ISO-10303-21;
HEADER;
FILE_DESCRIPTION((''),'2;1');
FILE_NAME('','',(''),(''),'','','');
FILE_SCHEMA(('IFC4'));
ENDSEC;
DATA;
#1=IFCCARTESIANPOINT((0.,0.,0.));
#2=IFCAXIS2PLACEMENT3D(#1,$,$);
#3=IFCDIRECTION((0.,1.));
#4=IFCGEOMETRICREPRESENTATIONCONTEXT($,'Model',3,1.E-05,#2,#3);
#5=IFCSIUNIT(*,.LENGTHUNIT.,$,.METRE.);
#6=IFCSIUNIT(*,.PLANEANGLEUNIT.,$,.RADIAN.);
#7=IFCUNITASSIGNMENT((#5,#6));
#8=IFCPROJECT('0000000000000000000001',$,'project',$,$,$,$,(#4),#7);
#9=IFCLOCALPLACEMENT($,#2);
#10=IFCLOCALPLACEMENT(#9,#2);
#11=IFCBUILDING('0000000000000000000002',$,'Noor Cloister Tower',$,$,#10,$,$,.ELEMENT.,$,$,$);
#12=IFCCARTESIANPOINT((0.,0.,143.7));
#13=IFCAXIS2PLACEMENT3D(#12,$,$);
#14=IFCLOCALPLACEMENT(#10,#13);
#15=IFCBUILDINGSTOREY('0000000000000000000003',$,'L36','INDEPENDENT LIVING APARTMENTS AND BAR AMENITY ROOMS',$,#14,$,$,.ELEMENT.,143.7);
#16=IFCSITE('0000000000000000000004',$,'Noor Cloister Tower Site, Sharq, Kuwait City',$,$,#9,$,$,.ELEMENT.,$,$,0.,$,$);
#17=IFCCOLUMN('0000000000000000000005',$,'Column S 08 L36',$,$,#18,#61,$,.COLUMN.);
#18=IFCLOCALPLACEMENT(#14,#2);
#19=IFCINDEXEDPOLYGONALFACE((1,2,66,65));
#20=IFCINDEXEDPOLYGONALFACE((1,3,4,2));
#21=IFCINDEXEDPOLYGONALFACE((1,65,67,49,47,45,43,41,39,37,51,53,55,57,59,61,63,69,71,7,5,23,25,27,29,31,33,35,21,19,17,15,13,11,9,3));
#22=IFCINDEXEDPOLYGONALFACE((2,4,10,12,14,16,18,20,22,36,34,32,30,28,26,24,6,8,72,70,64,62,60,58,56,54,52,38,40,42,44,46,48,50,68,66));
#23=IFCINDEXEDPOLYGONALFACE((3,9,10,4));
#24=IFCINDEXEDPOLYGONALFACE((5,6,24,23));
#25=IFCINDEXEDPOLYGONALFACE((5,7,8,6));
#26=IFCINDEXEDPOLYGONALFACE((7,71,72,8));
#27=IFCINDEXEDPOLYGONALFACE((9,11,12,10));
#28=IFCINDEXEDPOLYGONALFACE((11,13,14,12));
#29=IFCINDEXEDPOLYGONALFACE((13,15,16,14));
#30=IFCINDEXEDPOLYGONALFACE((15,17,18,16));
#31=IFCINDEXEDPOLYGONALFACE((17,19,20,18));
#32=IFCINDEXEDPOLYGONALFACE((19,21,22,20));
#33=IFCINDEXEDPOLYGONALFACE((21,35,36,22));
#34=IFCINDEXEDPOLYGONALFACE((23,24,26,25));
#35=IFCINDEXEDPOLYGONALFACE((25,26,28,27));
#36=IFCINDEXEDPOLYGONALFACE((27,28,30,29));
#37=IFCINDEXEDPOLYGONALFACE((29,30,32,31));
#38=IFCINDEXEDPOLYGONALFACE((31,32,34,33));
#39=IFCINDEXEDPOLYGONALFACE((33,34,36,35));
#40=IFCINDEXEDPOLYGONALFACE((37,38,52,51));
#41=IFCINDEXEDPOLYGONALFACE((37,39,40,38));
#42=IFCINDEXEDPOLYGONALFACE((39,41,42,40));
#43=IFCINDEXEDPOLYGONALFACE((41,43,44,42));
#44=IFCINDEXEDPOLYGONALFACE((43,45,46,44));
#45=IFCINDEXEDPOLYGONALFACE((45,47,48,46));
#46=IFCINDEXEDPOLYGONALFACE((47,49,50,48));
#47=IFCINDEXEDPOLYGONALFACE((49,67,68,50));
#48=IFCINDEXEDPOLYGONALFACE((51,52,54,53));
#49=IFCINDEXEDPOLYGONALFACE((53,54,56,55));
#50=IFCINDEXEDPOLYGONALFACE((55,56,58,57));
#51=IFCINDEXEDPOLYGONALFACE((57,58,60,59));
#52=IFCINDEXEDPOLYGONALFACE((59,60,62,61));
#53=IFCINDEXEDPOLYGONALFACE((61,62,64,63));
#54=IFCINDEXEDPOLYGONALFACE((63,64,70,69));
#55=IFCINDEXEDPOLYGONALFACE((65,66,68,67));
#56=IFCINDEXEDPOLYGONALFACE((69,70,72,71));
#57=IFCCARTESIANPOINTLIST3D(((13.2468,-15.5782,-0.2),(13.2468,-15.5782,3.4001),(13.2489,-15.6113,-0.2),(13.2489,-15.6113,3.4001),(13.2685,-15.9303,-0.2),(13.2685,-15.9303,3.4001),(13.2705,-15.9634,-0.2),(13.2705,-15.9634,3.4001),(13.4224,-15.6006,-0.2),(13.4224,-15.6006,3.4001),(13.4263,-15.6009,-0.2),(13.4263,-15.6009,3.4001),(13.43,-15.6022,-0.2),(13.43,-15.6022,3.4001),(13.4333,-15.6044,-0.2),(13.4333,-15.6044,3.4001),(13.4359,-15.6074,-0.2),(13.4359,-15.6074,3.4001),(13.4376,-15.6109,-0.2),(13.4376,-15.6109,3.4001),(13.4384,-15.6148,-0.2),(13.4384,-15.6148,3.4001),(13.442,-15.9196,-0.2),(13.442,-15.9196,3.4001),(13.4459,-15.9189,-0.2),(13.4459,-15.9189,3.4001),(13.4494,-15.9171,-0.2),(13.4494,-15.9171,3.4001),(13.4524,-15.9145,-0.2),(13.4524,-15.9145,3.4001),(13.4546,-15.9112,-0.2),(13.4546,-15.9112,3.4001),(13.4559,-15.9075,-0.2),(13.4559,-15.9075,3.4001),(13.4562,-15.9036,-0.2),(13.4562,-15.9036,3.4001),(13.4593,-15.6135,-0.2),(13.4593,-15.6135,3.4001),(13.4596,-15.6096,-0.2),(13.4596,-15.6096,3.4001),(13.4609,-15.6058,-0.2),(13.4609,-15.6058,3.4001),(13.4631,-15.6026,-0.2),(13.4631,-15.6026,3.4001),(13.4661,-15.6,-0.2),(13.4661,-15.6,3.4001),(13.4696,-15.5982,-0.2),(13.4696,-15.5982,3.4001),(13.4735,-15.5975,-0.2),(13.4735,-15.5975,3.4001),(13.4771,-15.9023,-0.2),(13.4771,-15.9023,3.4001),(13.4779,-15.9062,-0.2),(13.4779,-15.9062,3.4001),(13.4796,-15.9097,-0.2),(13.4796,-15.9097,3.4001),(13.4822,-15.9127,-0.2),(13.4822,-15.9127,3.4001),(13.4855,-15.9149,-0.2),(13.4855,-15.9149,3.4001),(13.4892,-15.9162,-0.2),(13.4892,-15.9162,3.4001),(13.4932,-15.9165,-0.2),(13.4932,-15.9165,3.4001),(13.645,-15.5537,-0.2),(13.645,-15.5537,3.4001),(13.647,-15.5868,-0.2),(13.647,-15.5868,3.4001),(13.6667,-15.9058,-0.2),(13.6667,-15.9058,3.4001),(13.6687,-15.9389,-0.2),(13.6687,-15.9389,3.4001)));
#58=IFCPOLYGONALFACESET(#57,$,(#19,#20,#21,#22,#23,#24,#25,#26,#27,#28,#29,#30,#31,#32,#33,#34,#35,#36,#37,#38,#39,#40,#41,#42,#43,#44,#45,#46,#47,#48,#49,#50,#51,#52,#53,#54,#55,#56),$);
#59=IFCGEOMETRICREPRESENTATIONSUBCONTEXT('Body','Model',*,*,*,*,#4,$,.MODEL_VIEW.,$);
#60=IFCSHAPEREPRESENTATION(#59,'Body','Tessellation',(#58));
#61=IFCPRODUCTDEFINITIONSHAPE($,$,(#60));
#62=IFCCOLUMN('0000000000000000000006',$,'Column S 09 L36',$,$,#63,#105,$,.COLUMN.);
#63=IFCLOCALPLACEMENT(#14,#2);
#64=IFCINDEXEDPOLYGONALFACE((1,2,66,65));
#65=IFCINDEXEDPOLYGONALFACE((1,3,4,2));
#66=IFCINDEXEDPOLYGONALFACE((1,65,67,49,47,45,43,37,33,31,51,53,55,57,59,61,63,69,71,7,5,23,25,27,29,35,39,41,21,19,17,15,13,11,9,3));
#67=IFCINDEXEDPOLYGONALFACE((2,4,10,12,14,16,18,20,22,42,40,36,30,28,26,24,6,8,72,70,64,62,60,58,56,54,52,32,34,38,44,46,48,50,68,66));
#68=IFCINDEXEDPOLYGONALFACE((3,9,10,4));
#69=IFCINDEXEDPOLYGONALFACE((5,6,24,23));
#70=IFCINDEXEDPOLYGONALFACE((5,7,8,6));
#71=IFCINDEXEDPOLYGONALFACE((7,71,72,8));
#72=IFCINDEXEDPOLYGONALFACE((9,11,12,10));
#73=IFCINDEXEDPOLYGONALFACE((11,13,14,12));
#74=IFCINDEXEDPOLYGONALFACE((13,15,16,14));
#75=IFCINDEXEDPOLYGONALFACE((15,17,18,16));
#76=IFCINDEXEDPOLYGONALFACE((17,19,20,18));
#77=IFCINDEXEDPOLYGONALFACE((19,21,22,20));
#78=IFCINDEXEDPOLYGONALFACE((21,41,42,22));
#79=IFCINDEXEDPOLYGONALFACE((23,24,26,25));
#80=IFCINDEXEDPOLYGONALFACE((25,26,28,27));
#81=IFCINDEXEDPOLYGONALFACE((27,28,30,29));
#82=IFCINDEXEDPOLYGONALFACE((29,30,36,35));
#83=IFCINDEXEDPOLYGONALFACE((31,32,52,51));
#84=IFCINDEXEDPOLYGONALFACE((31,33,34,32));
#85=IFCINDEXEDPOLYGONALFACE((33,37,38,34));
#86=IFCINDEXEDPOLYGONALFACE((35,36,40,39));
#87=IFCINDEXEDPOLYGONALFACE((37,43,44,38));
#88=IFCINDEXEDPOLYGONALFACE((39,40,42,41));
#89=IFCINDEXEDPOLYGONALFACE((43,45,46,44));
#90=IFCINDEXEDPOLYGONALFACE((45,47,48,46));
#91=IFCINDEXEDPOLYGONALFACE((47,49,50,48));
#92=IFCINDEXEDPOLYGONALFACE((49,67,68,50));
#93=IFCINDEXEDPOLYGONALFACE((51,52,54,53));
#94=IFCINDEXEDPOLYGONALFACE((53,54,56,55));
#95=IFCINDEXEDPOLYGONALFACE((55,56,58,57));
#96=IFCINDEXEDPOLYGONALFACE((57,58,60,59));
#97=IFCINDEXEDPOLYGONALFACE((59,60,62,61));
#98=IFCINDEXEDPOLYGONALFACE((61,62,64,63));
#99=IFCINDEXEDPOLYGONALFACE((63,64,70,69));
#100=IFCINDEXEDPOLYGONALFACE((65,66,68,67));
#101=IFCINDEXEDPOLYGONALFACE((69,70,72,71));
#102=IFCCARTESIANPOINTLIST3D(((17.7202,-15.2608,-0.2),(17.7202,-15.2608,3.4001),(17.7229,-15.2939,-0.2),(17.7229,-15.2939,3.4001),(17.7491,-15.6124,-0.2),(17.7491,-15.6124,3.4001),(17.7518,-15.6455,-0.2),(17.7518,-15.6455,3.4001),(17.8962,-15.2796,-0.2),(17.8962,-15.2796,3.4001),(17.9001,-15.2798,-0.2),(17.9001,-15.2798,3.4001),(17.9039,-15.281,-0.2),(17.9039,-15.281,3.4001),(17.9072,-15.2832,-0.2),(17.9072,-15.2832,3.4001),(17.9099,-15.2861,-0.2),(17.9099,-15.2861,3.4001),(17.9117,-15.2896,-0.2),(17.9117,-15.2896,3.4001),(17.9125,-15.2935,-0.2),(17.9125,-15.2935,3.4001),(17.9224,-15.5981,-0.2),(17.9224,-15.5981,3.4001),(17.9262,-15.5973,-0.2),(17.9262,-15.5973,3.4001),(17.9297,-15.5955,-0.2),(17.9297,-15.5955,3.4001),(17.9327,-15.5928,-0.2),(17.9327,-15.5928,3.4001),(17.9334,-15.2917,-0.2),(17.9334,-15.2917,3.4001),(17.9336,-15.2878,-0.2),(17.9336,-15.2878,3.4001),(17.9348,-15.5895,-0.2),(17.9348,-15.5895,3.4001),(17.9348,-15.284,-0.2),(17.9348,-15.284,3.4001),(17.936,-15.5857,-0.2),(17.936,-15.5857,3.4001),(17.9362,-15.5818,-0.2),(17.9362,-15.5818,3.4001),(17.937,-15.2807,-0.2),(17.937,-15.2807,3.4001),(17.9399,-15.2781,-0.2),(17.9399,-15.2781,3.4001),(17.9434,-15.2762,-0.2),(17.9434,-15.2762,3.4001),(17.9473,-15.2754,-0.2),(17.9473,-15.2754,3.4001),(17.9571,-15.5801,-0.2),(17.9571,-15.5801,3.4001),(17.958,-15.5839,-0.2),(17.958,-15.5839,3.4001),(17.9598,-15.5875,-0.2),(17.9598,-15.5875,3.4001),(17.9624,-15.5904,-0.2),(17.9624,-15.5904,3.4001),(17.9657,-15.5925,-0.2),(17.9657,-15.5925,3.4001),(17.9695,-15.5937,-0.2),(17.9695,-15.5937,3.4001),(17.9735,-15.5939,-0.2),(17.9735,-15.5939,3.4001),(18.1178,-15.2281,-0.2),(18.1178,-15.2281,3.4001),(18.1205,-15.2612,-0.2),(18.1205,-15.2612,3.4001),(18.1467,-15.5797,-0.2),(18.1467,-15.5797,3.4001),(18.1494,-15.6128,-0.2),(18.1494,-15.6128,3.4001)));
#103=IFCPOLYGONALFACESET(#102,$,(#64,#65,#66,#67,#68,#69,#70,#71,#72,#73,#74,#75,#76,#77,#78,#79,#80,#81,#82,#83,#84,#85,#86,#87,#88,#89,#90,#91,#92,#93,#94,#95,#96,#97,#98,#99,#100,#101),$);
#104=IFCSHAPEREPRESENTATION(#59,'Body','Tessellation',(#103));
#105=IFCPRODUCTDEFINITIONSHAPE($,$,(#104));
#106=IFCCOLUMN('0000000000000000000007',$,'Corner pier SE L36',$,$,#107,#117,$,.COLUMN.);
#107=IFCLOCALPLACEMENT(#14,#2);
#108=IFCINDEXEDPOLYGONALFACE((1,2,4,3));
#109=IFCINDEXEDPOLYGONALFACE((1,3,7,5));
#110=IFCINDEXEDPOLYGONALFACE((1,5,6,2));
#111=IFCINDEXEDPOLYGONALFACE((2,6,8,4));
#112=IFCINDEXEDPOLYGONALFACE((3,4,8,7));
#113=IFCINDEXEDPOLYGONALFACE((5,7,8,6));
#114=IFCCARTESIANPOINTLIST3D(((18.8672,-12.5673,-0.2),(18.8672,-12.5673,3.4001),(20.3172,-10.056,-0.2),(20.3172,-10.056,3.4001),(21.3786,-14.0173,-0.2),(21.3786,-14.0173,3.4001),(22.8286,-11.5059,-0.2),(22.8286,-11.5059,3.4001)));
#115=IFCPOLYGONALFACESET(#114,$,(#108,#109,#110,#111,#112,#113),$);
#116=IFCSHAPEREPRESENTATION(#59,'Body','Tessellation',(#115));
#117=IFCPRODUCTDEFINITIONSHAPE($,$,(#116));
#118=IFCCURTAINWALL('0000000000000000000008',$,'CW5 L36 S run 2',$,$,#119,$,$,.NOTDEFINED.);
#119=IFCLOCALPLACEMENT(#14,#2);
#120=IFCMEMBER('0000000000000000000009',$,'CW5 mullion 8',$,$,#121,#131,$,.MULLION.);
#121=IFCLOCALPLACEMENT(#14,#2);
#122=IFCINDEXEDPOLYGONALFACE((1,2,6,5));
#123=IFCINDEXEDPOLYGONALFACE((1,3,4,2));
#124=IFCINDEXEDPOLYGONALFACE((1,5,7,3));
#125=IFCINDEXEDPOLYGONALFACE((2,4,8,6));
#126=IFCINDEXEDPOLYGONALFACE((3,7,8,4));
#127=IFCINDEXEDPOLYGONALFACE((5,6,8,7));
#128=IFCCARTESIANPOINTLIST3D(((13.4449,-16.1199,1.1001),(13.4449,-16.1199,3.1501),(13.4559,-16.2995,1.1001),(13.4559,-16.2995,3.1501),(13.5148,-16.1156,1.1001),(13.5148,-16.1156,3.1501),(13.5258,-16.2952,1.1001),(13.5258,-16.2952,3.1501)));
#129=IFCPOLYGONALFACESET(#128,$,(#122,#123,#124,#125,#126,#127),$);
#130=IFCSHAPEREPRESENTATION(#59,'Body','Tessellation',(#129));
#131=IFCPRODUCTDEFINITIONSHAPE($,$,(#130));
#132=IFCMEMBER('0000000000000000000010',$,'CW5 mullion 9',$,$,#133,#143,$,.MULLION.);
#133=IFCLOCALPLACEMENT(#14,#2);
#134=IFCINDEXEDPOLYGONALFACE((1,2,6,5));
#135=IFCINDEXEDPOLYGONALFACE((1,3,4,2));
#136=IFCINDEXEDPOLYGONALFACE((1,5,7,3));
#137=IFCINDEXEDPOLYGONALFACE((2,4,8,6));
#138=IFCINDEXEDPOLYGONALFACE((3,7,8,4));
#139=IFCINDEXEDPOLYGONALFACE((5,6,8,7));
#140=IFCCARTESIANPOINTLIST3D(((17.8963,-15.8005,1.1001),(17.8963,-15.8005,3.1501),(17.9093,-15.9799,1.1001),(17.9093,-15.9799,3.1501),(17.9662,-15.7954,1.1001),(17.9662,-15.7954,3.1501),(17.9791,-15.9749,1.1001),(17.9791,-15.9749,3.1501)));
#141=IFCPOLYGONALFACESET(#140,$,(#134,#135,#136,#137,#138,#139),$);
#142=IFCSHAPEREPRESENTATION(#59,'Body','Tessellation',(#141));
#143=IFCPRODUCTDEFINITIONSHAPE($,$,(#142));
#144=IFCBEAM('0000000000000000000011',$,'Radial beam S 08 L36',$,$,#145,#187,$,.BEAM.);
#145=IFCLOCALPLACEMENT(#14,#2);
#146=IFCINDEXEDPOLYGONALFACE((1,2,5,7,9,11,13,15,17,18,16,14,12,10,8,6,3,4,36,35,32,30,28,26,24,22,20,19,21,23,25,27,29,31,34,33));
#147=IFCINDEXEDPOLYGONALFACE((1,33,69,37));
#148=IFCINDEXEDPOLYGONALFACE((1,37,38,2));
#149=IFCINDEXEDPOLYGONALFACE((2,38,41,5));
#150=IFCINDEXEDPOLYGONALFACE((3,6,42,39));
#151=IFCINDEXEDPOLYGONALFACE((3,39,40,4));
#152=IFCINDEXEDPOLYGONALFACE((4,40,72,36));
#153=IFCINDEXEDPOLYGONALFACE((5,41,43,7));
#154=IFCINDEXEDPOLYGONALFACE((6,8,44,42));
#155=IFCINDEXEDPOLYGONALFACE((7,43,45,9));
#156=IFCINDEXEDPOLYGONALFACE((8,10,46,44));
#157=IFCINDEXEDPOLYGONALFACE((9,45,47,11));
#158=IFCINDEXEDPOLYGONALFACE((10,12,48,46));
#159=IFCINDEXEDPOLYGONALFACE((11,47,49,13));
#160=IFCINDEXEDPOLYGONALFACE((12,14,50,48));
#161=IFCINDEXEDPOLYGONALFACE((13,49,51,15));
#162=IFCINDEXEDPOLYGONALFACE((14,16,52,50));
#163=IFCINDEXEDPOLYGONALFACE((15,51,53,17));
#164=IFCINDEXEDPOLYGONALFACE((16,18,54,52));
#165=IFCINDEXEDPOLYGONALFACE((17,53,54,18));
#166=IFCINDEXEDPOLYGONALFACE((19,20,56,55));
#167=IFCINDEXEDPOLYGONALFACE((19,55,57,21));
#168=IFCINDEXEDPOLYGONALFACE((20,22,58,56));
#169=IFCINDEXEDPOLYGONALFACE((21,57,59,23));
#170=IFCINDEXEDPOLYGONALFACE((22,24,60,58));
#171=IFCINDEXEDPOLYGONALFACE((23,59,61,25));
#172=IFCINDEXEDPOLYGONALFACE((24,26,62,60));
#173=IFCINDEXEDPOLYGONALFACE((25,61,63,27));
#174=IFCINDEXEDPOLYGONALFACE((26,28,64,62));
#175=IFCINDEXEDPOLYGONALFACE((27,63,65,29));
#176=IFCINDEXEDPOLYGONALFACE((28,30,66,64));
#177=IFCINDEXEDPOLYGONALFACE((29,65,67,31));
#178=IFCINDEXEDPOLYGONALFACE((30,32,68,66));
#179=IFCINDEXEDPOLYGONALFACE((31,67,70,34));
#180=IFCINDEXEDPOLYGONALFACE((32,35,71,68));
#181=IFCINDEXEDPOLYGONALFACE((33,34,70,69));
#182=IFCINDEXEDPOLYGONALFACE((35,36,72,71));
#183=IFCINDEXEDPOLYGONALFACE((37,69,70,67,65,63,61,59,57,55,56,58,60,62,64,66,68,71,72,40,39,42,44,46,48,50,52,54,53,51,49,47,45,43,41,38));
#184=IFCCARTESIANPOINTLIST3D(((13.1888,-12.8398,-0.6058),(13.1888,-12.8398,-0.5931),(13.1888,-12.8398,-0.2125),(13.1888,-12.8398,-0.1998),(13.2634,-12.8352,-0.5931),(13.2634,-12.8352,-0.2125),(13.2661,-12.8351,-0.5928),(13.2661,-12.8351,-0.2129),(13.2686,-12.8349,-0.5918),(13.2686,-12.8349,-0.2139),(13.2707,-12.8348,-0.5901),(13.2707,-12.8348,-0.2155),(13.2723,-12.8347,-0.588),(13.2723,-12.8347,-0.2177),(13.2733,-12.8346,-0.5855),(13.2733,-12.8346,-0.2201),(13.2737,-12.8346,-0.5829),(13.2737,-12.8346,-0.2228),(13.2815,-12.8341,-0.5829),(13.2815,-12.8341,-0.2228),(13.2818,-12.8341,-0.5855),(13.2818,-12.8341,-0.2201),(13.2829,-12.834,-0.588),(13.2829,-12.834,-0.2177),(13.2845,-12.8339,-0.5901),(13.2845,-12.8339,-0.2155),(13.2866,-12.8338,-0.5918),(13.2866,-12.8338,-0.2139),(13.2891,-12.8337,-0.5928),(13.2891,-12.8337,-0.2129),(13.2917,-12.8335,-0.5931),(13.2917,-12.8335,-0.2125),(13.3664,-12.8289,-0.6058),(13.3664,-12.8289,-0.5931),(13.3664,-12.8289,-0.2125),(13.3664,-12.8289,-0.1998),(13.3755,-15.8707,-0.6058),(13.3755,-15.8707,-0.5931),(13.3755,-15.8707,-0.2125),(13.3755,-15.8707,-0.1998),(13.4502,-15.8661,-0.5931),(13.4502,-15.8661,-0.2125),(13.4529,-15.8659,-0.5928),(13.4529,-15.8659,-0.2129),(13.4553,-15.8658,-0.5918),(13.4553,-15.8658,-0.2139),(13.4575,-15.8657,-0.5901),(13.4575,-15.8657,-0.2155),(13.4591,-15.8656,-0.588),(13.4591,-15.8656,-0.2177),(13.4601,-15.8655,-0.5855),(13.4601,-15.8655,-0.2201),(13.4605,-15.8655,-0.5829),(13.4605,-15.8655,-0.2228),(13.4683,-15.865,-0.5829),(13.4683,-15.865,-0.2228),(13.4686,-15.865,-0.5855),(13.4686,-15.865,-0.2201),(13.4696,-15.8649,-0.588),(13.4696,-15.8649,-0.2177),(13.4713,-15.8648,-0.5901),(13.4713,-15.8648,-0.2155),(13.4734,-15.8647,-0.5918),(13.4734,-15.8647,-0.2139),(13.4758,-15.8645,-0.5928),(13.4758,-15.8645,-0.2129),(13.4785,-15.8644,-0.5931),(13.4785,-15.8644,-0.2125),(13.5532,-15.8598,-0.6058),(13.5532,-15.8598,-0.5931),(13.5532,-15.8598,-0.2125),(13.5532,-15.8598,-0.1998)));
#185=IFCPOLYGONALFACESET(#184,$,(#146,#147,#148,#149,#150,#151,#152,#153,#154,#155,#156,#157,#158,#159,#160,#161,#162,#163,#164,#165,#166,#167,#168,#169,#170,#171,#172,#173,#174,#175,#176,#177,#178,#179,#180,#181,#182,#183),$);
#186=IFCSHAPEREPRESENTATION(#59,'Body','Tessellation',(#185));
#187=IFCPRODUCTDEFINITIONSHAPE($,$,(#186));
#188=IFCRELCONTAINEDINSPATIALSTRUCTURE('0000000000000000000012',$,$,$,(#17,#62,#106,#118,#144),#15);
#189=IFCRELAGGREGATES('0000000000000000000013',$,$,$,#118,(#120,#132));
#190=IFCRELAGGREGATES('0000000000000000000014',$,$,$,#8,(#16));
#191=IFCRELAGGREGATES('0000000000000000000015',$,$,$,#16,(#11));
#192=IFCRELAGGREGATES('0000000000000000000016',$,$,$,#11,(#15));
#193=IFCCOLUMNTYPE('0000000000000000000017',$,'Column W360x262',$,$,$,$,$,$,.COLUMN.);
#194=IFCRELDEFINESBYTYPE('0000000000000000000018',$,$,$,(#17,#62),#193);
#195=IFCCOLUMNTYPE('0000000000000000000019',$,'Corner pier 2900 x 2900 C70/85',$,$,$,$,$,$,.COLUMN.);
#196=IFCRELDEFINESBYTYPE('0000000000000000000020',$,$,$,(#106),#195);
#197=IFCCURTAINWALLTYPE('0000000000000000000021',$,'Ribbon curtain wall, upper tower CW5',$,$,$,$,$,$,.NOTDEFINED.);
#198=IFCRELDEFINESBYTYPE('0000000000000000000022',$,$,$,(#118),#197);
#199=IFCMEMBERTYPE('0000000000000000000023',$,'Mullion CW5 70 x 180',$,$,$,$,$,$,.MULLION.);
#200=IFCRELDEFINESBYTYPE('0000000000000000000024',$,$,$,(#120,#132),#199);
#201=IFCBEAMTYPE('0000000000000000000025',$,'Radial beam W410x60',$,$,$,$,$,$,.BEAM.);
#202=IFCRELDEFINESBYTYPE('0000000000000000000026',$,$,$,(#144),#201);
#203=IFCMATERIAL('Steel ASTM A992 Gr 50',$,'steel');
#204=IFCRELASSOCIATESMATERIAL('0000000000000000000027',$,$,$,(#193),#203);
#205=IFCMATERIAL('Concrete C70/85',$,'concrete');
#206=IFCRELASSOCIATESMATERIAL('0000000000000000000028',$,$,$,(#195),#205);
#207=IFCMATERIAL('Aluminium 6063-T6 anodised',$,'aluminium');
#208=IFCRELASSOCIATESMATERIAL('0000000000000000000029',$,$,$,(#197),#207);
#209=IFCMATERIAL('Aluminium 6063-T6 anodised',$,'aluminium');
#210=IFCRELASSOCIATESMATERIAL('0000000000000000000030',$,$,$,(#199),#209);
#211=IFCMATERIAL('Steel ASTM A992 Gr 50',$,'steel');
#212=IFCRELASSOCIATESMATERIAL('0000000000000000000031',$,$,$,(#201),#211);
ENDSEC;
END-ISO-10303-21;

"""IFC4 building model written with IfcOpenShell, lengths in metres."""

from ifc_helpers import new_model, si_unit, direction, frame, origin, origin_2d, place, context, subcontext, project, spatial, rectangle, i_section, extrude, material, material_profile, profile_set, type_object, element, aggregate, save


model = new_model("IFC4")

# Units and contexts
model_context = context("Model", 3, precision=1e-05, world=origin(), true_north=direction((0.0, 1.0)))
body_context = subcontext(model_context, "Body", "Model", "MODEL_VIEW")
ifc_project = project(units=[si_unit("LENGTHUNIT", "METRE"), si_unit("PLANEANGLEUNIT", "RADIAN")], contexts=[model_context])

# Site, building, storey
site_placement = place(None, origin())
site = spatial("IfcSite", under=ifc_project, at=site_placement, Name="Noor Cloister Tower Site, Sharq, Kuwait City", CompositionType="ELEMENT", RefElevation=0.0)
building_placement = place(site_placement, origin())
building = spatial("IfcBuilding", under=site, at=building_placement, Name="Noor Cloister Tower", CompositionType="ELEMENT")
storey_placement = place(building_placement, frame((0.0, 0.0, 143.7)))
storey = spatial("IfcBuildingStorey", under=building, at=storey_placement, Name="L36", Description="INDEPENDENT LIVING APARTMENTS AND BAR AMENITY ROOMS", CompositionType="ELEMENT", Elevation=143.7)

# Columns
ifc_material_1 = material(Name="Steel ASTM A992 Gr 50", Category="steel")
ifc_material_profile_1 = material_profile(ifc_material_1, i_section(OverallWidth=0.3989, OverallDepth=0.386, WebThickness=0.021, FlangeThickness=0.0332, FilletRadius=0.0151, at=origin_2d()), Name="W360x262")
ifc_profile_set_1 = profile_set([ifc_material_profile_1], Name="Steel ASTM A992 Gr 50")
column_type_1 = type_object("IfcColumnType", Name="Column W360x262", PredefinedType="COLUMN", material=ifc_profile_set_1)
for number, where, z_axis, x_axis, name in (
    (1, (13.4578, -15.7585, -0.2), (0.0, 0.0, 1.0), (0.998109, 0.061471, 0.0), "Column S 08 L36"),
    (2, (17.9348, -15.4368, -0.2), (0.0, 0.0, 1.0), (0.996639, 0.081922, 0.0), "Column S 09 L36"),
):
    element("IfcColumn", number, at=place(storey_placement, frame(where, z_axis=z_axis, x_axis=x_axis)), inside=storey, type_object=column_type_1, Name=name, PredefinedType="COLUMN", context=body_context, shape_type="SweptSolid", body=[
        extrude(i_section(OverallWidth=0.3989, OverallDepth=0.386, WebThickness=0.021, FlangeThickness=0.0332, FilletRadius=0.0151, at=origin_2d()), origin(), (0.0, 0.0, 1.0), 3.6001),
    ])
ifc_material_2 = material(Name="Concrete C70/85", Category="concrete")
ifc_material_profile_2 = material_profile(ifc_material_2, rectangle(XDim=2.8999, YDim=2.8999, at=origin_2d()), Name="RC 2900x2900")
ifc_profile_set_2 = profile_set([ifc_material_profile_2], Name="Concrete C70/85")
column_type_2 = type_object("IfcColumnType", Name="Corner pier 2900 x 2900 C70/85", PredefinedType="COLUMN", material=ifc_profile_set_2)
column_placement = place(storey_placement, frame((20.8479, -12.0366, -0.2), z_axis=(0.0, 0.0, 1.0), x_axis=(0.866025, -0.5, 0.0)))
element("IfcColumn", 3, at=column_placement, inside=storey, type_object=column_type_2, Name="Corner pier SE L36", PredefinedType="COLUMN", context=body_context, shape_type="SweptSolid", body=[
    extrude(rectangle(XDim=2.8999, YDim=2.8999, at=origin_2d()), origin(), (0.0, 0.0, 1.0), 3.6001),
])

# Curtain wall, members
ifc_material_3 = material(Name="Aluminium 6063-T6 anodised", Category="aluminium")
curtain_wall_type = type_object("IfcCurtainWallType", Name="Ribbon curtain wall, upper tower CW5", PredefinedType="NOTDEFINED", material=ifc_material_3)
curtain_wall_placement = place(storey_placement, origin())
curtain_wall = element("IfcCurtainWall", 4, at=curtain_wall_placement, inside=storey, type_object=curtain_wall_type, Name="CW5 L36 S run 2", PredefinedType="NOTDEFINED")
ifc_material_4 = material(Name="Aluminium 6063-T6 anodised", Category="aluminium")
ifc_material_profile_3 = material_profile(ifc_material_4, rectangle(XDim=0.1799, YDim=0.0701, at=origin_2d()), Name="180 x 70 mullion")
ifc_profile_set_3 = profile_set([ifc_material_profile_3], Name="Aluminium 6063-T6 anodised")
member_type = type_object("IfcMemberType", Name="Mullion CW5 70 x 180", PredefinedType="MULLION", material=ifc_profile_set_3)
member_1_placement = place(storey_placement, frame((13.4854, -16.2075, 1.1001), z_axis=(0.0, 0.0, 1.0), x_axis=(-0.061471, 0.998109, 0.0)))
member_1 = element("IfcMember", 5, at=member_1_placement, type_object=member_type, Name="CW5 mullion 8", PredefinedType="MULLION", context=body_context, shape_type="SweptSolid", body=[
    extrude(rectangle(XDim=0.1799, YDim=0.0701, at=origin_2d()), origin(), (0.0, 0.0, 1.0), 2.05),
])
member_2_placement = place(storey_placement, frame((17.9377, -15.8877, 1.1001), z_axis=(0.0, 0.0, 1.0), x_axis=(-0.0717, 0.997426, 0.0)))
member_2 = element("IfcMember", 6, at=member_2_placement, type_object=member_type, Name="CW5 mullion 9", PredefinedType="MULLION", context=body_context, shape_type="SweptSolid", body=[
    extrude(rectangle(XDim=0.1799, YDim=0.0701, at=origin_2d()), origin(), (0.0, 0.0, 1.0), 2.05),
])

# Beam
ifc_material_5 = material(Name="Steel ASTM A992 Gr 50", Category="steel")
ifc_material_profile_4 = material_profile(ifc_material_5, i_section(OverallWidth=0.178, OverallDepth=0.406, WebThickness=0.0078, FlangeThickness=0.0127, FilletRadius=0.0103, at=origin_2d()), Name="W410x60")
ifc_profile_set_4 = profile_set([ifc_material_profile_4], Name="Steel ASTM A992 Gr 50")
beam_type_1 = type_object("IfcBeamType", Name="Radial beam W410x60", PredefinedType="BEAM", material=ifc_profile_set_4)
beam_1_placement = place(storey_placement, frame((13.4644, -15.8652, -0.4028), z_axis=(-0.061507, 0.998107, 0.0), x_axis=(-0.998107, -0.061507, 0.0)))
element("IfcBeam", 7, at=beam_1_placement, inside=storey, type_object=beam_type_1, Name="Radial beam S 08 L36", PredefinedType="BEAM", context=body_context, shape_type="SweptSolid", body=[
    extrude(i_section(OverallWidth=0.178, OverallDepth=0.406, WebThickness=0.0078, FlangeThickness=0.0127, FilletRadius=0.0103, at=origin_2d()), origin(), (0.0, 0.0, 1.0), 3.0366),
])

aggregate(curtain_wall, [member_1, member_2])

save(model, "model.ifc")
